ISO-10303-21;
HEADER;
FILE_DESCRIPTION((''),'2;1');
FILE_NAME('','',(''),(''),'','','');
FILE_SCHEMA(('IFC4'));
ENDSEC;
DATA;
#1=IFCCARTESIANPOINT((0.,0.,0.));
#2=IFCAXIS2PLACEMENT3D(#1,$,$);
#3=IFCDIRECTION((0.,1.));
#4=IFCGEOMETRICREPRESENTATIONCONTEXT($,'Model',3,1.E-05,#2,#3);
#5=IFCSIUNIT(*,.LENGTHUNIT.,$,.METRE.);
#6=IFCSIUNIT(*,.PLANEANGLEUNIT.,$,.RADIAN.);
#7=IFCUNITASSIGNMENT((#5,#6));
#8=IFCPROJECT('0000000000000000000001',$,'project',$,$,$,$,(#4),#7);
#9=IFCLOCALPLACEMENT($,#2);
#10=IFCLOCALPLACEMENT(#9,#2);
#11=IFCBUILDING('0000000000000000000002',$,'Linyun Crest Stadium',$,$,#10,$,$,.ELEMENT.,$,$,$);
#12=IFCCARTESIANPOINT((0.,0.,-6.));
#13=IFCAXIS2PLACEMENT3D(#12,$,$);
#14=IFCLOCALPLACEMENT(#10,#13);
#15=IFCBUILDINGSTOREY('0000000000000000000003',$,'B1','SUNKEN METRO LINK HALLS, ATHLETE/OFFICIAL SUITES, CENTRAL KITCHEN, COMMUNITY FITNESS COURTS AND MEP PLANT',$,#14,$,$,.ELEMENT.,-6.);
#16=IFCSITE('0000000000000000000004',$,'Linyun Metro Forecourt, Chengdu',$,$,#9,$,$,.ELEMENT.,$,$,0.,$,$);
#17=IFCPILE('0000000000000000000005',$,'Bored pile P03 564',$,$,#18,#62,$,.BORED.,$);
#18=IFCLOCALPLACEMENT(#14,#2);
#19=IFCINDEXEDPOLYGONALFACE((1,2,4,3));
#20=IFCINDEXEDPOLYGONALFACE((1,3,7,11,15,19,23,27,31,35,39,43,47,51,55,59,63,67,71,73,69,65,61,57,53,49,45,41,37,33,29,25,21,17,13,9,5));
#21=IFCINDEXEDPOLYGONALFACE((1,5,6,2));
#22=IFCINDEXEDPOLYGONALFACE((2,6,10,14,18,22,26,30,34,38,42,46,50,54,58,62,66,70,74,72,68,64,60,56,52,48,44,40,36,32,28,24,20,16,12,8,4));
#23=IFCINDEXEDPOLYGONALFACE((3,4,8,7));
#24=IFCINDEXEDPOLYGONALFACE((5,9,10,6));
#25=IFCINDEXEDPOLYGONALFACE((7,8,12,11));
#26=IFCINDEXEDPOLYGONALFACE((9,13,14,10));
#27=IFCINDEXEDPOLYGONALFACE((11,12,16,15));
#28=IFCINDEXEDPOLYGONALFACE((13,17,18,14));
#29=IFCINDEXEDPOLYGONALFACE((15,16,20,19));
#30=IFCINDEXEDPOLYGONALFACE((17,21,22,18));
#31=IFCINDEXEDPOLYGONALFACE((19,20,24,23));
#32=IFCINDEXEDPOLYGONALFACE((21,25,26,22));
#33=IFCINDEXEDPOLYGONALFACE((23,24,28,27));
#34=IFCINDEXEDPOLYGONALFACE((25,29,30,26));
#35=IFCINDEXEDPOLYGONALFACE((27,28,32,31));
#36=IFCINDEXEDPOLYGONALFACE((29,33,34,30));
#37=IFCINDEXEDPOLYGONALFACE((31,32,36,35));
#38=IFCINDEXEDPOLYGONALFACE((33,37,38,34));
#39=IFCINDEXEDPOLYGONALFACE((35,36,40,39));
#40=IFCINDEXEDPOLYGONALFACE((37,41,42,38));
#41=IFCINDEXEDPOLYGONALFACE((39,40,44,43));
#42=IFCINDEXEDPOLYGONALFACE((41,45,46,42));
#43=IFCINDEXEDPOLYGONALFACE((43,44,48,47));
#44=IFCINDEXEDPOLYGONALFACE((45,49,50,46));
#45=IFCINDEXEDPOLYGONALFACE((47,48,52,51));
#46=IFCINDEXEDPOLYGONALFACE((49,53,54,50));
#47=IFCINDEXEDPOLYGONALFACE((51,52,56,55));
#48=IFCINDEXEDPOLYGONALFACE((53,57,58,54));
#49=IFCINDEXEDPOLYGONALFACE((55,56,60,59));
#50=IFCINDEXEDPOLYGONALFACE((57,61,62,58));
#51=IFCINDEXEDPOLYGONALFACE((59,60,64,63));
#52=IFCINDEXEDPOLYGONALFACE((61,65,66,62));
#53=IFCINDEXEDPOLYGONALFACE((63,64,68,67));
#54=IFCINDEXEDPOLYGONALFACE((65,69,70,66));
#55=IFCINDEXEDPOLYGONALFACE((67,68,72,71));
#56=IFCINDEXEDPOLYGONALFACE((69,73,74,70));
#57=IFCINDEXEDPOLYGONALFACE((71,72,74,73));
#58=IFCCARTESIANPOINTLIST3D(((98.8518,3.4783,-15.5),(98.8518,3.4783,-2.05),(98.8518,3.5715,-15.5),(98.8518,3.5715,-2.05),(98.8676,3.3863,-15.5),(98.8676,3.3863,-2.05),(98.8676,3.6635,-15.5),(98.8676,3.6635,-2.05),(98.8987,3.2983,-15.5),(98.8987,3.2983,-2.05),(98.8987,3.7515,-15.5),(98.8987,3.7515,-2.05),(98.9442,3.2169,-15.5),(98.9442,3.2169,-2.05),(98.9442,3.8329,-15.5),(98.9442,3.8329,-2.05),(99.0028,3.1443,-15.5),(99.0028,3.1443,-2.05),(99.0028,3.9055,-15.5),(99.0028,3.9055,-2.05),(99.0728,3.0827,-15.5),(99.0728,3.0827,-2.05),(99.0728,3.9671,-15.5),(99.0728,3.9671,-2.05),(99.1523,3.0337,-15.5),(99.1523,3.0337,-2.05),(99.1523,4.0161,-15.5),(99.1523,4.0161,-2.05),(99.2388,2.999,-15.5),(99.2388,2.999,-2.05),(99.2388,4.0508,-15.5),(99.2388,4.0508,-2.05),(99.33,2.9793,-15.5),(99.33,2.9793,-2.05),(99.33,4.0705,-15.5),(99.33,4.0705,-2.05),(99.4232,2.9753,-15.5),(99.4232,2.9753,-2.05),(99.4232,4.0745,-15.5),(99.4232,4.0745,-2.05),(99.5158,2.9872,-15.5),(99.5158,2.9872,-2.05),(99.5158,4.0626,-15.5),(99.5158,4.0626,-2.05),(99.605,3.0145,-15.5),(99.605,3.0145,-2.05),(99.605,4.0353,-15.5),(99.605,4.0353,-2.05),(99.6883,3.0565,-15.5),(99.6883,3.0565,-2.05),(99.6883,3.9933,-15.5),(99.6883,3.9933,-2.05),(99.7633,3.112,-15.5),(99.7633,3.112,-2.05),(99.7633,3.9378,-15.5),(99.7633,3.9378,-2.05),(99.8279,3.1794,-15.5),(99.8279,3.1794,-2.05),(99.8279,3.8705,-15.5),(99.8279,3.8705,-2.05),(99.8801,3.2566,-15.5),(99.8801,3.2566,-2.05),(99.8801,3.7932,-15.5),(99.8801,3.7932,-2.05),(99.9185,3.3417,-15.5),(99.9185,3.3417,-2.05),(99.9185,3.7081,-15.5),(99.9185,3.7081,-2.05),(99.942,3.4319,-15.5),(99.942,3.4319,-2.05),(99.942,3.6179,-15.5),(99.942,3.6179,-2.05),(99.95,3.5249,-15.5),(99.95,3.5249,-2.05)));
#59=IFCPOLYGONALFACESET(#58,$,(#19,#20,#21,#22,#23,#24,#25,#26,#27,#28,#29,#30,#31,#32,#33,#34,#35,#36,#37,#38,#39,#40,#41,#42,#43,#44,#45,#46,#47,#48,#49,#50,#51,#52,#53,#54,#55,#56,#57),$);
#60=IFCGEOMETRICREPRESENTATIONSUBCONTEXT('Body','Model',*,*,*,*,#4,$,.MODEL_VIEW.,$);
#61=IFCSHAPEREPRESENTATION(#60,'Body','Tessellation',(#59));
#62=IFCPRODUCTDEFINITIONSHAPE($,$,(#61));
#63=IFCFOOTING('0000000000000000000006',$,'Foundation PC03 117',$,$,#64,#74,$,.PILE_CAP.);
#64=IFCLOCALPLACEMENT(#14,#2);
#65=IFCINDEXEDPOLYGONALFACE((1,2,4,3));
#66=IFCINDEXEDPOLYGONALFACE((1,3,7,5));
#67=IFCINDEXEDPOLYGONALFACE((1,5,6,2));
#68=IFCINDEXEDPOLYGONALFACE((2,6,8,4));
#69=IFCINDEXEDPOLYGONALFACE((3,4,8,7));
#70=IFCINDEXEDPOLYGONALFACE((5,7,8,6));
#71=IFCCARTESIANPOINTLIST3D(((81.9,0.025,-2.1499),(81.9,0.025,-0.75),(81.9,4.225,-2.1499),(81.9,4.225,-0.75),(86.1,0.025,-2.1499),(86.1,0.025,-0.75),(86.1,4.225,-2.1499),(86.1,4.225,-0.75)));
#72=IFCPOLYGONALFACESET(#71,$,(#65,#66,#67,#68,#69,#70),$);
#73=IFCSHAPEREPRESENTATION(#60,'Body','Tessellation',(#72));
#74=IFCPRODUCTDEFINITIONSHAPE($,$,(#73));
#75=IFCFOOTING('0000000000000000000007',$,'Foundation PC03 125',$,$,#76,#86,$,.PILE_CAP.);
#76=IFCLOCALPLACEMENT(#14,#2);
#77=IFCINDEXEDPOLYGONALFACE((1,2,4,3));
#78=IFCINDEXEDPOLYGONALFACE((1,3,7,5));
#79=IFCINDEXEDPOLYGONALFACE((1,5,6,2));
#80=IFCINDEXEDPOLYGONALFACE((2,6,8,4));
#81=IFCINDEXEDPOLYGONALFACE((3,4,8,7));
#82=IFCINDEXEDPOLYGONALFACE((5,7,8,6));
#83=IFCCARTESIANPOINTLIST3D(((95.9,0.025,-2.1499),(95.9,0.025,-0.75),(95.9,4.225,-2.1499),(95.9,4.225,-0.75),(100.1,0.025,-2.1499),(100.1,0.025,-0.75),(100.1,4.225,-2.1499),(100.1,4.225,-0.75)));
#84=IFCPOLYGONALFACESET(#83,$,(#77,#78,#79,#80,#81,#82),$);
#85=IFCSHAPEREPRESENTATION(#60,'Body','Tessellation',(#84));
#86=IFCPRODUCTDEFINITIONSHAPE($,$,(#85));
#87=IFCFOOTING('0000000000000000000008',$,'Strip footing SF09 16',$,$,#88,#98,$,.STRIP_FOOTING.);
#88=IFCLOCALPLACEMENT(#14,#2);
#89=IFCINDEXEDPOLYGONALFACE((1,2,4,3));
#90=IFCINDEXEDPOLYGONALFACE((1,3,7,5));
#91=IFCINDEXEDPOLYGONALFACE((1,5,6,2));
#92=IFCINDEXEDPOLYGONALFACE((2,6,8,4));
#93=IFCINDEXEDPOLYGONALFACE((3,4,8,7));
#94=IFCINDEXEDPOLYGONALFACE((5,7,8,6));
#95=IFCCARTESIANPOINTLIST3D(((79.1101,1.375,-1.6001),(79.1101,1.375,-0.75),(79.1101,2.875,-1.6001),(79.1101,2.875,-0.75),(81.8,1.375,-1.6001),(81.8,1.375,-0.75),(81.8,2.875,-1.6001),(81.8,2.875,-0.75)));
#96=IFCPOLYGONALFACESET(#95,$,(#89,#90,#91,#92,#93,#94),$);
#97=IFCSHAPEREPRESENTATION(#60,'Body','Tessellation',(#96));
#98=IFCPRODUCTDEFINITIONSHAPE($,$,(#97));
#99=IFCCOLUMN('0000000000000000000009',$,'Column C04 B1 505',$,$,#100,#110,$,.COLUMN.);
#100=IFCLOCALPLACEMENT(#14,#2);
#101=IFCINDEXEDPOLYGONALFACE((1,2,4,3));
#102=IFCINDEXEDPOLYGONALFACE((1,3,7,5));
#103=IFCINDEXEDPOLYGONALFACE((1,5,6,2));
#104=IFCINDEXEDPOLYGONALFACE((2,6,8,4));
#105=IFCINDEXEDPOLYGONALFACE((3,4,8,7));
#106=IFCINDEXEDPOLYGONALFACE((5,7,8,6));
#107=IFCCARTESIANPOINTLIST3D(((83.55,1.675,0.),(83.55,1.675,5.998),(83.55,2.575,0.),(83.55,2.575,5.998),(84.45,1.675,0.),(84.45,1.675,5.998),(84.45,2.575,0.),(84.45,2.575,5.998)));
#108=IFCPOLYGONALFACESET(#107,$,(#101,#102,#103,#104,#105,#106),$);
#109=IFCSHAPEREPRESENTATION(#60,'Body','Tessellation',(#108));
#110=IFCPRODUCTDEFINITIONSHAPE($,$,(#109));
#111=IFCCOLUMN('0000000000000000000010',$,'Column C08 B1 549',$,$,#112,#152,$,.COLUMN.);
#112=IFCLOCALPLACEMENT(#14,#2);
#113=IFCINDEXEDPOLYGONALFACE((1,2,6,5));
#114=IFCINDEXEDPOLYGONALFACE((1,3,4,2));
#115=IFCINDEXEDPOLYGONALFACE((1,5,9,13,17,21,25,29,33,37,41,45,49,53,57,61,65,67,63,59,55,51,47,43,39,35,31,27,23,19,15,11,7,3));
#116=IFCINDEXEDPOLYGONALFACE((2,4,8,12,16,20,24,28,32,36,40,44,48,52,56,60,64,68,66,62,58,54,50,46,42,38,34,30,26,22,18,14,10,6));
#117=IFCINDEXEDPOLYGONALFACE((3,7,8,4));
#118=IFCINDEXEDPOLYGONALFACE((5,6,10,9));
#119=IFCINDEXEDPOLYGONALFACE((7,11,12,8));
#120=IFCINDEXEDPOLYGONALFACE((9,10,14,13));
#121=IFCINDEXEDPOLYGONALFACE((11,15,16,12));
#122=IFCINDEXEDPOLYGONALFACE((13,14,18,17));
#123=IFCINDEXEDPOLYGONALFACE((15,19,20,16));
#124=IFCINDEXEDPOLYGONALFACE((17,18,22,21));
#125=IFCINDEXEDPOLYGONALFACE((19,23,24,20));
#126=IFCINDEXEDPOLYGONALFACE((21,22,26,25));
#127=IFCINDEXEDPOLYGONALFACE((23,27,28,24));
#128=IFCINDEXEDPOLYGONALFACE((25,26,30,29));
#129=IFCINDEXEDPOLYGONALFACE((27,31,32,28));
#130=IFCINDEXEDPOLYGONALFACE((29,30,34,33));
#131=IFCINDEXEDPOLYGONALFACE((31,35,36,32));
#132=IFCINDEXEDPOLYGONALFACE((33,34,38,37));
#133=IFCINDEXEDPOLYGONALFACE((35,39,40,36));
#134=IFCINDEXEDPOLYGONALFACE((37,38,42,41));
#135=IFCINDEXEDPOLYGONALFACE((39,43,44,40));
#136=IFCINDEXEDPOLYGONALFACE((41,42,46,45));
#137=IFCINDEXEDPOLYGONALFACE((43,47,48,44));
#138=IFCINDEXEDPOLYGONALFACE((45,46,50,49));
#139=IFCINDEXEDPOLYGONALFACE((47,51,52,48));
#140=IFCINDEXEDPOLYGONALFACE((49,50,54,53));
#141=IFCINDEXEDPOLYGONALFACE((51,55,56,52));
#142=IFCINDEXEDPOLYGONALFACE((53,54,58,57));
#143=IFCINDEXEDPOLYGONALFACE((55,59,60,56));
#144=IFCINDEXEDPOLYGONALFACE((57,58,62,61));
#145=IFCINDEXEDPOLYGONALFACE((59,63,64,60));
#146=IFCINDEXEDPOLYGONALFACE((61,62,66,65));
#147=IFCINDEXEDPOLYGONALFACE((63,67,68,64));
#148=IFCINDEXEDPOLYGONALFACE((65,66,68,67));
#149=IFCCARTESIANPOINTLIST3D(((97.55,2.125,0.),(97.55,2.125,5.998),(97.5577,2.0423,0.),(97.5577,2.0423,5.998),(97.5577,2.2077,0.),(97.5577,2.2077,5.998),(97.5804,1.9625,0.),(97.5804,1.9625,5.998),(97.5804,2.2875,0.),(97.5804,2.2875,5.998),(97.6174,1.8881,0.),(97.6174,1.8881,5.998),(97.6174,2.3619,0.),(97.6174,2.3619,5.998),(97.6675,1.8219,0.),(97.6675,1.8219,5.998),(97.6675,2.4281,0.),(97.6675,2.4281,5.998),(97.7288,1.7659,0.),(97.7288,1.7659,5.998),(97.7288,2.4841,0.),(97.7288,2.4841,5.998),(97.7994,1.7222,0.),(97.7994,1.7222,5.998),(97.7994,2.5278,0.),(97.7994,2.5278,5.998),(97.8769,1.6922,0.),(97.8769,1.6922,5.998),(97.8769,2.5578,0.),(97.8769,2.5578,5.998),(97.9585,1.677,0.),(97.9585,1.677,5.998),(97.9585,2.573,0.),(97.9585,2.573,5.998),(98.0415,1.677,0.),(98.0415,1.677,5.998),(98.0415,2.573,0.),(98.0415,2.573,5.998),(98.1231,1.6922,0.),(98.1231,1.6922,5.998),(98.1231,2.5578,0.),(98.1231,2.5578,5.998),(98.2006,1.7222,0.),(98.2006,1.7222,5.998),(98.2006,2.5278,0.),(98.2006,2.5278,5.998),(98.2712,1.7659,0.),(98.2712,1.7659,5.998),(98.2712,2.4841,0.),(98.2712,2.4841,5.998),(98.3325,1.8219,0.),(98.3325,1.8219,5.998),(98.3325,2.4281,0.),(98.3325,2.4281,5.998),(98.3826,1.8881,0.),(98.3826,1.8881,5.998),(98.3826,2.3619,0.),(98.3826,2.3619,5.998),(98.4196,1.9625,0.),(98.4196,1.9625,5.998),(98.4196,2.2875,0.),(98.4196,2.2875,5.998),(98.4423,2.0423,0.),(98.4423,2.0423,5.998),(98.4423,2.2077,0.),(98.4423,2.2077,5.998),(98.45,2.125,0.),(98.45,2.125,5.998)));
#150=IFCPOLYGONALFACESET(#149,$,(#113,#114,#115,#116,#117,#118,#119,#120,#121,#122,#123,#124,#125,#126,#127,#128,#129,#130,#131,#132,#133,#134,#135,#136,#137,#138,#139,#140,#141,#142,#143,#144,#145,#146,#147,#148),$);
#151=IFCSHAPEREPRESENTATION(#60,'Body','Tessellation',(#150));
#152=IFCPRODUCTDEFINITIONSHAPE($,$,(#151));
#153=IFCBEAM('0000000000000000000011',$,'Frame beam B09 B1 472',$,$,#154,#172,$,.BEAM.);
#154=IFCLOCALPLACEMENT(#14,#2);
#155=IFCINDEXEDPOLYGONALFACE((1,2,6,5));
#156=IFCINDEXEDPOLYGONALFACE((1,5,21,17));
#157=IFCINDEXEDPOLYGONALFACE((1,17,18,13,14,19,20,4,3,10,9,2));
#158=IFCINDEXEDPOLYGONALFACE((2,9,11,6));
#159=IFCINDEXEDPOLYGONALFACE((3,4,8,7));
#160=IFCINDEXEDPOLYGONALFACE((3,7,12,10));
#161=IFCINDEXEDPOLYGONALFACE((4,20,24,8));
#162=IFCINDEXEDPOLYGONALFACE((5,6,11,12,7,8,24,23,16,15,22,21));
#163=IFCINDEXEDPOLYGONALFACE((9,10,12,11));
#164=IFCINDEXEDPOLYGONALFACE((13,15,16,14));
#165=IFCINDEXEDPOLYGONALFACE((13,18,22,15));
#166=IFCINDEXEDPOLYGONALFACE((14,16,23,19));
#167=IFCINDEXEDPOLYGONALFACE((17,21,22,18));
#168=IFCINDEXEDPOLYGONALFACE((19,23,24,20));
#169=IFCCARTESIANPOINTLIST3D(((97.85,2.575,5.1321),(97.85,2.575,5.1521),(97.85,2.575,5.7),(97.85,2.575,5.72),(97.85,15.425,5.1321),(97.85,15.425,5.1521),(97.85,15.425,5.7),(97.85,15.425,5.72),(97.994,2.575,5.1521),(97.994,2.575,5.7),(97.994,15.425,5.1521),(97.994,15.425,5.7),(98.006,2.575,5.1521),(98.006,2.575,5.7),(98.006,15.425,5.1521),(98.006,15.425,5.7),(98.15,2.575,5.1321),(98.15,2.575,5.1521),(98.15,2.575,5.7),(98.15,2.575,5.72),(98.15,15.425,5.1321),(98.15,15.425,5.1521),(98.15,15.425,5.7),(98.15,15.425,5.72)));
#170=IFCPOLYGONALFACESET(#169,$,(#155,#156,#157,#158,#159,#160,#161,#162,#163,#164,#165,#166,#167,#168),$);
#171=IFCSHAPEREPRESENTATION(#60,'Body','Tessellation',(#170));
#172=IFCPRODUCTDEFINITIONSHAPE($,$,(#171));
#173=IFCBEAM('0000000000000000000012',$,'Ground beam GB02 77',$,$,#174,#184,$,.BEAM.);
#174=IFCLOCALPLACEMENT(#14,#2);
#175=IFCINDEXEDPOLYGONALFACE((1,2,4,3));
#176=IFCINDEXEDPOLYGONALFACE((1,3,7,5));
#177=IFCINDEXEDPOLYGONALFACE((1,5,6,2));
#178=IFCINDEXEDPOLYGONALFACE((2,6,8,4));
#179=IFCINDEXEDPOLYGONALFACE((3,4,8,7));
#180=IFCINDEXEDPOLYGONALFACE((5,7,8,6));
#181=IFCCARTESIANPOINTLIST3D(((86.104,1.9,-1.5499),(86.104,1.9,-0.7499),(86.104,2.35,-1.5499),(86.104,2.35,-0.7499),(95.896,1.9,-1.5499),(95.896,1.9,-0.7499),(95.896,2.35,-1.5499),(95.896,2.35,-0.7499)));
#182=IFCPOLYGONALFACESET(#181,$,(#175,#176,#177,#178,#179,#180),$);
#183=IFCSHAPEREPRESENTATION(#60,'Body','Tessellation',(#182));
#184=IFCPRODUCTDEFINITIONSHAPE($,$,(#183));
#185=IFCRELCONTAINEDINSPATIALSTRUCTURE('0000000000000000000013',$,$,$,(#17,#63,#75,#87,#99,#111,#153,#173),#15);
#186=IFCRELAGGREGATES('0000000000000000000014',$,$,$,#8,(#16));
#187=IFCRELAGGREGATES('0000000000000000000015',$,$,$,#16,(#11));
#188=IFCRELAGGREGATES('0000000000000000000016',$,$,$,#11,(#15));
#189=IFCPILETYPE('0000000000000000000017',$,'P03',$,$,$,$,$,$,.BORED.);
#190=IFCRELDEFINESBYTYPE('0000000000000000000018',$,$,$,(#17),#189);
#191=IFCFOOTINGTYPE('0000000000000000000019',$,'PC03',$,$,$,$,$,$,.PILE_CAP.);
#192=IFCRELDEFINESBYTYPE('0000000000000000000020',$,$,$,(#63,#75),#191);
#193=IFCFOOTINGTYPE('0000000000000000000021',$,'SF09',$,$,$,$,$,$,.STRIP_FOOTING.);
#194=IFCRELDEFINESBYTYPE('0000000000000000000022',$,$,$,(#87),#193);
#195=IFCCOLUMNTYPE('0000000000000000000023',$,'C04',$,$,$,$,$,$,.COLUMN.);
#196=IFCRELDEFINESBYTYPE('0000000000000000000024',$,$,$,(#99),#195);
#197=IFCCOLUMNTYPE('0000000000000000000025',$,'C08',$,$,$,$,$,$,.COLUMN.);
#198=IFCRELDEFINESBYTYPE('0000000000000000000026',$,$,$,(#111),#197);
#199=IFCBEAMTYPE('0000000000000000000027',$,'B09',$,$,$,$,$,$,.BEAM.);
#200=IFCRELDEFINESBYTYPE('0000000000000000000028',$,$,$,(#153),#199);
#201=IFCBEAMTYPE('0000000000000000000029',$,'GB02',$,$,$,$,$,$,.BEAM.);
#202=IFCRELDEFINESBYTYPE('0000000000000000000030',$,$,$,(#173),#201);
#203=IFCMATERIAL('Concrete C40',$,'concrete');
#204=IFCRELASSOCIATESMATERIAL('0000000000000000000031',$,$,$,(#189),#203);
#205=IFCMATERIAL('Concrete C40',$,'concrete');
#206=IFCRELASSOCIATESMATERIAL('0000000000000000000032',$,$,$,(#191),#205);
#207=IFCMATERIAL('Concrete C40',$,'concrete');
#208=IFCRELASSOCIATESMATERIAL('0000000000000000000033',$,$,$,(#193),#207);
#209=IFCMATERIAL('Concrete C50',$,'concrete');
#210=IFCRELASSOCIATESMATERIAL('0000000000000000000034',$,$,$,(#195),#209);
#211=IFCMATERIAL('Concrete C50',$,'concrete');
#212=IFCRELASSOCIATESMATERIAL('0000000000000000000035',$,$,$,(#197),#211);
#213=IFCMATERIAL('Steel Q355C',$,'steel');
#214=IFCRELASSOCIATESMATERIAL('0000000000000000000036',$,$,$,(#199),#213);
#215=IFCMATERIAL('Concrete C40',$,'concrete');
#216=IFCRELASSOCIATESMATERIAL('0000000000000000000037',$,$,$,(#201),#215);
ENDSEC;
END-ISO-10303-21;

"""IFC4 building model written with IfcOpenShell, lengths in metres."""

from ifc_helpers import new_model, si_unit, direction, frame, origin, origin_2d, place, context, subcontext, project, spatial, rectangle, circle, i_section, extrude, material, material_profile, profile_set, type_object, element, save


model = new_model("IFC4")

# Units and contexts
model_context = context("Model", 3, precision=1e-05, world=origin(), true_north=direction((0.0, 1.0)))
body_context = subcontext(model_context, "Body", "Model", "MODEL_VIEW")
ifc_project = project(units=[si_unit("LENGTHUNIT", "METRE"), si_unit("PLANEANGLEUNIT", "RADIAN")], contexts=[model_context])

# Site, building, storey
site_placement = place(None, origin())
site = spatial("IfcSite", under=ifc_project, at=site_placement, Name="Linyun Metro Forecourt, Chengdu", CompositionType="ELEMENT", RefElevation=0.0)
building_placement = place(site_placement, origin())
building = spatial("IfcBuilding", under=site, at=building_placement, Name="Linyun Crest Stadium", CompositionType="ELEMENT")
storey_placement = place(building_placement, frame((0.0, 0.0, -6.0)))
storey = spatial("IfcBuildingStorey", under=building, at=storey_placement, Name="B1", Description="SUNKEN METRO LINK HALLS, ATHLETE/OFFICIAL SUITES, CENTRAL KITCHEN, COMMUNITY FITNESS COURTS AND MEP PLANT", CompositionType="ELEMENT", Elevation=-6.0)

# Pile
ifc_material_1 = material(Name="Concrete C40", Category="concrete")
ifc_material_profile_1 = material_profile(ifc_material_1, circle(Radius=0.55, at=origin_2d()), Name="BORED PILE 1100")
ifc_profile_set_1 = profile_set([ifc_material_profile_1], Name="Concrete C40")
pile_type = type_object("IfcPileType", Name="P03", PredefinedType="BORED", material=ifc_profile_set_1)
for number, where, z_axis, x_axis, name in (
    (1, (99.3999, 3.5249, -2.05), (0.0, 0.0, -1.0), (1.0, 0.0, 0.0), "Bored pile P03 564"),
):
    element("IfcPile", number, at=place(storey_placement, frame(where, z_axis=z_axis, x_axis=x_axis)), inside=storey, type_object=pile_type, Name=name, PredefinedType="BORED", context=body_context, shape_type="SweptSolid", body=[
        extrude(circle(Radius=0.55, at=origin_2d()), origin(), (0.0, 0.0, 1.0), 13.45),
    ])

# Footings
ifc_material_2 = material(Name="Concrete C40", Category="concrete")
footing_type_1 = type_object("IfcFootingType", Name="PC03", PredefinedType="PILE_CAP", material=ifc_material_2)
for number, where, z_axis, x_axis, name in (
    (2, (84.0, 2.125, -2.1499), (0.0, 0.0, 1.0), (1.0, 0.0, 0.0), "Foundation PC03 117"),
    (3, (98.0, 2.125, -2.1499), (0.0, 0.0, 1.0), (1.0, 0.0, 0.0), "Foundation PC03 125"),
):
    element("IfcFooting", number, at=place(storey_placement, frame(where, z_axis=z_axis, x_axis=x_axis)), inside=storey, type_object=footing_type_1, Name=name, PredefinedType="PILE_CAP", context=body_context, shape_type="SweptSolid", body=[
        extrude(rectangle(XDim=4.2, YDim=4.2, at=origin_2d()), origin(), (0.0, 0.0, 1.0), 1.3999),
    ])
ifc_material_3 = material(Name="Concrete C40", Category="concrete")
footing_type_2 = type_object("IfcFootingType", Name="SF09", PredefinedType="STRIP_FOOTING", material=ifc_material_3)
footing_placement = place(storey_placement, frame((80.4551, 2.125, -1.6001), z_axis=(0.0, 0.0, 1.0), x_axis=(1.0, 0.0, 0.0)))
element("IfcFooting", 4, at=footing_placement, inside=storey, type_object=footing_type_2, Name="Strip footing SF09 16", PredefinedType="STRIP_FOOTING", context=body_context, shape_type="SweptSolid", body=[
    extrude(rectangle(XDim=2.6899, YDim=1.5, at=origin_2d()), origin(), (0.0, 0.0, 1.0), 0.8501),
])

# Columns
ifc_material_4 = material(Name="Concrete C50", Category="concrete")
ifc_material_profile_2 = material_profile(ifc_material_4, rectangle(XDim=0.8999, YDim=0.8999, at=origin_2d()), Name="RC 900x900")
ifc_profile_set_2 = profile_set([ifc_material_profile_2], Name="Concrete C50")
column_type_1 = type_object("IfcColumnType", Name="C04", PredefinedType="COLUMN", material=ifc_profile_set_2)
column_1_placement = place(storey_placement, frame((84.0, 2.125, 0.0), z_axis=(0.0, 0.0, 1.0), x_axis=(1.0, 0.0, 0.0)))
element("IfcColumn", 5, at=column_1_placement, inside=storey, type_object=column_type_1, Name="Column C04 B1 505", PredefinedType="COLUMN", context=body_context, shape_type="SweptSolid", body=[
    extrude(rectangle(XDim=0.8999, YDim=0.8999, at=origin_2d()), origin(), (0.0, 0.0, 1.0), 5.998),
])
ifc_material_5 = material(Name="Concrete C50", Category="concrete")
ifc_material_profile_3 = material_profile(ifc_material_5, circle(Radius=0.45, at=origin_2d()), Name="RC D900")
ifc_profile_set_3 = profile_set([ifc_material_profile_3], Name="Concrete C50")
column_type_2 = type_object("IfcColumnType", Name="C08", PredefinedType="COLUMN", material=ifc_profile_set_3)
column_2_placement = place(storey_placement, frame((98.0, 2.125, 0.0), z_axis=(0.0, 0.0, 1.0), x_axis=(1.0, 0.0, 0.0)))
element("IfcColumn", 6, at=column_2_placement, inside=storey, type_object=column_type_2, Name="Column C08 B1 549", PredefinedType="COLUMN", context=body_context, shape_type="SweptSolid", body=[
    extrude(circle(Radius=0.45, at=origin_2d()), origin(), (0.0, 0.0, 1.0), 5.998),
])

# Beams
ifc_material_6 = material(Name="Steel Q355C", Category="steel")
ifc_material_profile_4 = material_profile(ifc_material_6, i_section(OverallWidth=0.3, OverallDepth=0.5879, WebThickness=0.012, FlangeThickness=0.02, at=origin_2d()), Name="HM 588x300")
ifc_profile_set_4 = profile_set([ifc_material_profile_4], Name="Steel Q355C")
beam_type_1 = type_object("IfcBeamType", Name="B09", PredefinedType="BEAM", material=ifc_profile_set_4)
beam_1_placement = place(storey_placement, frame((98.0, 2.575, 5.426), z_axis=(0.0, 1.0, 0.0), x_axis=(-1.0, 0.0, 0.0)))
element("IfcBeam", 7, at=beam_1_placement, inside=storey, type_object=beam_type_1, Name="Frame beam B09 B1 472", PredefinedType="BEAM", context=body_context, shape_type="SweptSolid", body=[
    extrude(i_section(OverallWidth=0.3, OverallDepth=0.5879, WebThickness=0.012, FlangeThickness=0.02, at=origin_2d()), origin(), (0.0, 0.0, 1.0), 12.8501),
])
ifc_material_7 = material(Name="Concrete C40", Category="concrete")
ifc_material_profile_5 = material_profile(ifc_material_7, rectangle(XDim=0.45, YDim=0.8, at=origin_2d()), Name="RCB 800x450")
ifc_profile_set_5 = profile_set([ifc_material_profile_5], Name="Concrete C40")
beam_type_2 = type_object("IfcBeamType", Name="GB02", PredefinedType="BEAM", material=ifc_profile_set_5)
beam_2_placement = place(storey_placement, frame((86.104, 2.125, -1.1499), z_axis=(1.0, 0.0, 0.0), x_axis=(0.0, 1.0, 0.0)))
element("IfcBeam", 8, at=beam_2_placement, inside=storey, type_object=beam_type_2, Name="Ground beam GB02 77", PredefinedType="BEAM", context=body_context, shape_type="SweptSolid", body=[
    extrude(rectangle(XDim=0.45, YDim=0.8, at=origin_2d()), origin(), (0.0, 0.0, 1.0), 9.792),
])

save(model, "model.ifc")
